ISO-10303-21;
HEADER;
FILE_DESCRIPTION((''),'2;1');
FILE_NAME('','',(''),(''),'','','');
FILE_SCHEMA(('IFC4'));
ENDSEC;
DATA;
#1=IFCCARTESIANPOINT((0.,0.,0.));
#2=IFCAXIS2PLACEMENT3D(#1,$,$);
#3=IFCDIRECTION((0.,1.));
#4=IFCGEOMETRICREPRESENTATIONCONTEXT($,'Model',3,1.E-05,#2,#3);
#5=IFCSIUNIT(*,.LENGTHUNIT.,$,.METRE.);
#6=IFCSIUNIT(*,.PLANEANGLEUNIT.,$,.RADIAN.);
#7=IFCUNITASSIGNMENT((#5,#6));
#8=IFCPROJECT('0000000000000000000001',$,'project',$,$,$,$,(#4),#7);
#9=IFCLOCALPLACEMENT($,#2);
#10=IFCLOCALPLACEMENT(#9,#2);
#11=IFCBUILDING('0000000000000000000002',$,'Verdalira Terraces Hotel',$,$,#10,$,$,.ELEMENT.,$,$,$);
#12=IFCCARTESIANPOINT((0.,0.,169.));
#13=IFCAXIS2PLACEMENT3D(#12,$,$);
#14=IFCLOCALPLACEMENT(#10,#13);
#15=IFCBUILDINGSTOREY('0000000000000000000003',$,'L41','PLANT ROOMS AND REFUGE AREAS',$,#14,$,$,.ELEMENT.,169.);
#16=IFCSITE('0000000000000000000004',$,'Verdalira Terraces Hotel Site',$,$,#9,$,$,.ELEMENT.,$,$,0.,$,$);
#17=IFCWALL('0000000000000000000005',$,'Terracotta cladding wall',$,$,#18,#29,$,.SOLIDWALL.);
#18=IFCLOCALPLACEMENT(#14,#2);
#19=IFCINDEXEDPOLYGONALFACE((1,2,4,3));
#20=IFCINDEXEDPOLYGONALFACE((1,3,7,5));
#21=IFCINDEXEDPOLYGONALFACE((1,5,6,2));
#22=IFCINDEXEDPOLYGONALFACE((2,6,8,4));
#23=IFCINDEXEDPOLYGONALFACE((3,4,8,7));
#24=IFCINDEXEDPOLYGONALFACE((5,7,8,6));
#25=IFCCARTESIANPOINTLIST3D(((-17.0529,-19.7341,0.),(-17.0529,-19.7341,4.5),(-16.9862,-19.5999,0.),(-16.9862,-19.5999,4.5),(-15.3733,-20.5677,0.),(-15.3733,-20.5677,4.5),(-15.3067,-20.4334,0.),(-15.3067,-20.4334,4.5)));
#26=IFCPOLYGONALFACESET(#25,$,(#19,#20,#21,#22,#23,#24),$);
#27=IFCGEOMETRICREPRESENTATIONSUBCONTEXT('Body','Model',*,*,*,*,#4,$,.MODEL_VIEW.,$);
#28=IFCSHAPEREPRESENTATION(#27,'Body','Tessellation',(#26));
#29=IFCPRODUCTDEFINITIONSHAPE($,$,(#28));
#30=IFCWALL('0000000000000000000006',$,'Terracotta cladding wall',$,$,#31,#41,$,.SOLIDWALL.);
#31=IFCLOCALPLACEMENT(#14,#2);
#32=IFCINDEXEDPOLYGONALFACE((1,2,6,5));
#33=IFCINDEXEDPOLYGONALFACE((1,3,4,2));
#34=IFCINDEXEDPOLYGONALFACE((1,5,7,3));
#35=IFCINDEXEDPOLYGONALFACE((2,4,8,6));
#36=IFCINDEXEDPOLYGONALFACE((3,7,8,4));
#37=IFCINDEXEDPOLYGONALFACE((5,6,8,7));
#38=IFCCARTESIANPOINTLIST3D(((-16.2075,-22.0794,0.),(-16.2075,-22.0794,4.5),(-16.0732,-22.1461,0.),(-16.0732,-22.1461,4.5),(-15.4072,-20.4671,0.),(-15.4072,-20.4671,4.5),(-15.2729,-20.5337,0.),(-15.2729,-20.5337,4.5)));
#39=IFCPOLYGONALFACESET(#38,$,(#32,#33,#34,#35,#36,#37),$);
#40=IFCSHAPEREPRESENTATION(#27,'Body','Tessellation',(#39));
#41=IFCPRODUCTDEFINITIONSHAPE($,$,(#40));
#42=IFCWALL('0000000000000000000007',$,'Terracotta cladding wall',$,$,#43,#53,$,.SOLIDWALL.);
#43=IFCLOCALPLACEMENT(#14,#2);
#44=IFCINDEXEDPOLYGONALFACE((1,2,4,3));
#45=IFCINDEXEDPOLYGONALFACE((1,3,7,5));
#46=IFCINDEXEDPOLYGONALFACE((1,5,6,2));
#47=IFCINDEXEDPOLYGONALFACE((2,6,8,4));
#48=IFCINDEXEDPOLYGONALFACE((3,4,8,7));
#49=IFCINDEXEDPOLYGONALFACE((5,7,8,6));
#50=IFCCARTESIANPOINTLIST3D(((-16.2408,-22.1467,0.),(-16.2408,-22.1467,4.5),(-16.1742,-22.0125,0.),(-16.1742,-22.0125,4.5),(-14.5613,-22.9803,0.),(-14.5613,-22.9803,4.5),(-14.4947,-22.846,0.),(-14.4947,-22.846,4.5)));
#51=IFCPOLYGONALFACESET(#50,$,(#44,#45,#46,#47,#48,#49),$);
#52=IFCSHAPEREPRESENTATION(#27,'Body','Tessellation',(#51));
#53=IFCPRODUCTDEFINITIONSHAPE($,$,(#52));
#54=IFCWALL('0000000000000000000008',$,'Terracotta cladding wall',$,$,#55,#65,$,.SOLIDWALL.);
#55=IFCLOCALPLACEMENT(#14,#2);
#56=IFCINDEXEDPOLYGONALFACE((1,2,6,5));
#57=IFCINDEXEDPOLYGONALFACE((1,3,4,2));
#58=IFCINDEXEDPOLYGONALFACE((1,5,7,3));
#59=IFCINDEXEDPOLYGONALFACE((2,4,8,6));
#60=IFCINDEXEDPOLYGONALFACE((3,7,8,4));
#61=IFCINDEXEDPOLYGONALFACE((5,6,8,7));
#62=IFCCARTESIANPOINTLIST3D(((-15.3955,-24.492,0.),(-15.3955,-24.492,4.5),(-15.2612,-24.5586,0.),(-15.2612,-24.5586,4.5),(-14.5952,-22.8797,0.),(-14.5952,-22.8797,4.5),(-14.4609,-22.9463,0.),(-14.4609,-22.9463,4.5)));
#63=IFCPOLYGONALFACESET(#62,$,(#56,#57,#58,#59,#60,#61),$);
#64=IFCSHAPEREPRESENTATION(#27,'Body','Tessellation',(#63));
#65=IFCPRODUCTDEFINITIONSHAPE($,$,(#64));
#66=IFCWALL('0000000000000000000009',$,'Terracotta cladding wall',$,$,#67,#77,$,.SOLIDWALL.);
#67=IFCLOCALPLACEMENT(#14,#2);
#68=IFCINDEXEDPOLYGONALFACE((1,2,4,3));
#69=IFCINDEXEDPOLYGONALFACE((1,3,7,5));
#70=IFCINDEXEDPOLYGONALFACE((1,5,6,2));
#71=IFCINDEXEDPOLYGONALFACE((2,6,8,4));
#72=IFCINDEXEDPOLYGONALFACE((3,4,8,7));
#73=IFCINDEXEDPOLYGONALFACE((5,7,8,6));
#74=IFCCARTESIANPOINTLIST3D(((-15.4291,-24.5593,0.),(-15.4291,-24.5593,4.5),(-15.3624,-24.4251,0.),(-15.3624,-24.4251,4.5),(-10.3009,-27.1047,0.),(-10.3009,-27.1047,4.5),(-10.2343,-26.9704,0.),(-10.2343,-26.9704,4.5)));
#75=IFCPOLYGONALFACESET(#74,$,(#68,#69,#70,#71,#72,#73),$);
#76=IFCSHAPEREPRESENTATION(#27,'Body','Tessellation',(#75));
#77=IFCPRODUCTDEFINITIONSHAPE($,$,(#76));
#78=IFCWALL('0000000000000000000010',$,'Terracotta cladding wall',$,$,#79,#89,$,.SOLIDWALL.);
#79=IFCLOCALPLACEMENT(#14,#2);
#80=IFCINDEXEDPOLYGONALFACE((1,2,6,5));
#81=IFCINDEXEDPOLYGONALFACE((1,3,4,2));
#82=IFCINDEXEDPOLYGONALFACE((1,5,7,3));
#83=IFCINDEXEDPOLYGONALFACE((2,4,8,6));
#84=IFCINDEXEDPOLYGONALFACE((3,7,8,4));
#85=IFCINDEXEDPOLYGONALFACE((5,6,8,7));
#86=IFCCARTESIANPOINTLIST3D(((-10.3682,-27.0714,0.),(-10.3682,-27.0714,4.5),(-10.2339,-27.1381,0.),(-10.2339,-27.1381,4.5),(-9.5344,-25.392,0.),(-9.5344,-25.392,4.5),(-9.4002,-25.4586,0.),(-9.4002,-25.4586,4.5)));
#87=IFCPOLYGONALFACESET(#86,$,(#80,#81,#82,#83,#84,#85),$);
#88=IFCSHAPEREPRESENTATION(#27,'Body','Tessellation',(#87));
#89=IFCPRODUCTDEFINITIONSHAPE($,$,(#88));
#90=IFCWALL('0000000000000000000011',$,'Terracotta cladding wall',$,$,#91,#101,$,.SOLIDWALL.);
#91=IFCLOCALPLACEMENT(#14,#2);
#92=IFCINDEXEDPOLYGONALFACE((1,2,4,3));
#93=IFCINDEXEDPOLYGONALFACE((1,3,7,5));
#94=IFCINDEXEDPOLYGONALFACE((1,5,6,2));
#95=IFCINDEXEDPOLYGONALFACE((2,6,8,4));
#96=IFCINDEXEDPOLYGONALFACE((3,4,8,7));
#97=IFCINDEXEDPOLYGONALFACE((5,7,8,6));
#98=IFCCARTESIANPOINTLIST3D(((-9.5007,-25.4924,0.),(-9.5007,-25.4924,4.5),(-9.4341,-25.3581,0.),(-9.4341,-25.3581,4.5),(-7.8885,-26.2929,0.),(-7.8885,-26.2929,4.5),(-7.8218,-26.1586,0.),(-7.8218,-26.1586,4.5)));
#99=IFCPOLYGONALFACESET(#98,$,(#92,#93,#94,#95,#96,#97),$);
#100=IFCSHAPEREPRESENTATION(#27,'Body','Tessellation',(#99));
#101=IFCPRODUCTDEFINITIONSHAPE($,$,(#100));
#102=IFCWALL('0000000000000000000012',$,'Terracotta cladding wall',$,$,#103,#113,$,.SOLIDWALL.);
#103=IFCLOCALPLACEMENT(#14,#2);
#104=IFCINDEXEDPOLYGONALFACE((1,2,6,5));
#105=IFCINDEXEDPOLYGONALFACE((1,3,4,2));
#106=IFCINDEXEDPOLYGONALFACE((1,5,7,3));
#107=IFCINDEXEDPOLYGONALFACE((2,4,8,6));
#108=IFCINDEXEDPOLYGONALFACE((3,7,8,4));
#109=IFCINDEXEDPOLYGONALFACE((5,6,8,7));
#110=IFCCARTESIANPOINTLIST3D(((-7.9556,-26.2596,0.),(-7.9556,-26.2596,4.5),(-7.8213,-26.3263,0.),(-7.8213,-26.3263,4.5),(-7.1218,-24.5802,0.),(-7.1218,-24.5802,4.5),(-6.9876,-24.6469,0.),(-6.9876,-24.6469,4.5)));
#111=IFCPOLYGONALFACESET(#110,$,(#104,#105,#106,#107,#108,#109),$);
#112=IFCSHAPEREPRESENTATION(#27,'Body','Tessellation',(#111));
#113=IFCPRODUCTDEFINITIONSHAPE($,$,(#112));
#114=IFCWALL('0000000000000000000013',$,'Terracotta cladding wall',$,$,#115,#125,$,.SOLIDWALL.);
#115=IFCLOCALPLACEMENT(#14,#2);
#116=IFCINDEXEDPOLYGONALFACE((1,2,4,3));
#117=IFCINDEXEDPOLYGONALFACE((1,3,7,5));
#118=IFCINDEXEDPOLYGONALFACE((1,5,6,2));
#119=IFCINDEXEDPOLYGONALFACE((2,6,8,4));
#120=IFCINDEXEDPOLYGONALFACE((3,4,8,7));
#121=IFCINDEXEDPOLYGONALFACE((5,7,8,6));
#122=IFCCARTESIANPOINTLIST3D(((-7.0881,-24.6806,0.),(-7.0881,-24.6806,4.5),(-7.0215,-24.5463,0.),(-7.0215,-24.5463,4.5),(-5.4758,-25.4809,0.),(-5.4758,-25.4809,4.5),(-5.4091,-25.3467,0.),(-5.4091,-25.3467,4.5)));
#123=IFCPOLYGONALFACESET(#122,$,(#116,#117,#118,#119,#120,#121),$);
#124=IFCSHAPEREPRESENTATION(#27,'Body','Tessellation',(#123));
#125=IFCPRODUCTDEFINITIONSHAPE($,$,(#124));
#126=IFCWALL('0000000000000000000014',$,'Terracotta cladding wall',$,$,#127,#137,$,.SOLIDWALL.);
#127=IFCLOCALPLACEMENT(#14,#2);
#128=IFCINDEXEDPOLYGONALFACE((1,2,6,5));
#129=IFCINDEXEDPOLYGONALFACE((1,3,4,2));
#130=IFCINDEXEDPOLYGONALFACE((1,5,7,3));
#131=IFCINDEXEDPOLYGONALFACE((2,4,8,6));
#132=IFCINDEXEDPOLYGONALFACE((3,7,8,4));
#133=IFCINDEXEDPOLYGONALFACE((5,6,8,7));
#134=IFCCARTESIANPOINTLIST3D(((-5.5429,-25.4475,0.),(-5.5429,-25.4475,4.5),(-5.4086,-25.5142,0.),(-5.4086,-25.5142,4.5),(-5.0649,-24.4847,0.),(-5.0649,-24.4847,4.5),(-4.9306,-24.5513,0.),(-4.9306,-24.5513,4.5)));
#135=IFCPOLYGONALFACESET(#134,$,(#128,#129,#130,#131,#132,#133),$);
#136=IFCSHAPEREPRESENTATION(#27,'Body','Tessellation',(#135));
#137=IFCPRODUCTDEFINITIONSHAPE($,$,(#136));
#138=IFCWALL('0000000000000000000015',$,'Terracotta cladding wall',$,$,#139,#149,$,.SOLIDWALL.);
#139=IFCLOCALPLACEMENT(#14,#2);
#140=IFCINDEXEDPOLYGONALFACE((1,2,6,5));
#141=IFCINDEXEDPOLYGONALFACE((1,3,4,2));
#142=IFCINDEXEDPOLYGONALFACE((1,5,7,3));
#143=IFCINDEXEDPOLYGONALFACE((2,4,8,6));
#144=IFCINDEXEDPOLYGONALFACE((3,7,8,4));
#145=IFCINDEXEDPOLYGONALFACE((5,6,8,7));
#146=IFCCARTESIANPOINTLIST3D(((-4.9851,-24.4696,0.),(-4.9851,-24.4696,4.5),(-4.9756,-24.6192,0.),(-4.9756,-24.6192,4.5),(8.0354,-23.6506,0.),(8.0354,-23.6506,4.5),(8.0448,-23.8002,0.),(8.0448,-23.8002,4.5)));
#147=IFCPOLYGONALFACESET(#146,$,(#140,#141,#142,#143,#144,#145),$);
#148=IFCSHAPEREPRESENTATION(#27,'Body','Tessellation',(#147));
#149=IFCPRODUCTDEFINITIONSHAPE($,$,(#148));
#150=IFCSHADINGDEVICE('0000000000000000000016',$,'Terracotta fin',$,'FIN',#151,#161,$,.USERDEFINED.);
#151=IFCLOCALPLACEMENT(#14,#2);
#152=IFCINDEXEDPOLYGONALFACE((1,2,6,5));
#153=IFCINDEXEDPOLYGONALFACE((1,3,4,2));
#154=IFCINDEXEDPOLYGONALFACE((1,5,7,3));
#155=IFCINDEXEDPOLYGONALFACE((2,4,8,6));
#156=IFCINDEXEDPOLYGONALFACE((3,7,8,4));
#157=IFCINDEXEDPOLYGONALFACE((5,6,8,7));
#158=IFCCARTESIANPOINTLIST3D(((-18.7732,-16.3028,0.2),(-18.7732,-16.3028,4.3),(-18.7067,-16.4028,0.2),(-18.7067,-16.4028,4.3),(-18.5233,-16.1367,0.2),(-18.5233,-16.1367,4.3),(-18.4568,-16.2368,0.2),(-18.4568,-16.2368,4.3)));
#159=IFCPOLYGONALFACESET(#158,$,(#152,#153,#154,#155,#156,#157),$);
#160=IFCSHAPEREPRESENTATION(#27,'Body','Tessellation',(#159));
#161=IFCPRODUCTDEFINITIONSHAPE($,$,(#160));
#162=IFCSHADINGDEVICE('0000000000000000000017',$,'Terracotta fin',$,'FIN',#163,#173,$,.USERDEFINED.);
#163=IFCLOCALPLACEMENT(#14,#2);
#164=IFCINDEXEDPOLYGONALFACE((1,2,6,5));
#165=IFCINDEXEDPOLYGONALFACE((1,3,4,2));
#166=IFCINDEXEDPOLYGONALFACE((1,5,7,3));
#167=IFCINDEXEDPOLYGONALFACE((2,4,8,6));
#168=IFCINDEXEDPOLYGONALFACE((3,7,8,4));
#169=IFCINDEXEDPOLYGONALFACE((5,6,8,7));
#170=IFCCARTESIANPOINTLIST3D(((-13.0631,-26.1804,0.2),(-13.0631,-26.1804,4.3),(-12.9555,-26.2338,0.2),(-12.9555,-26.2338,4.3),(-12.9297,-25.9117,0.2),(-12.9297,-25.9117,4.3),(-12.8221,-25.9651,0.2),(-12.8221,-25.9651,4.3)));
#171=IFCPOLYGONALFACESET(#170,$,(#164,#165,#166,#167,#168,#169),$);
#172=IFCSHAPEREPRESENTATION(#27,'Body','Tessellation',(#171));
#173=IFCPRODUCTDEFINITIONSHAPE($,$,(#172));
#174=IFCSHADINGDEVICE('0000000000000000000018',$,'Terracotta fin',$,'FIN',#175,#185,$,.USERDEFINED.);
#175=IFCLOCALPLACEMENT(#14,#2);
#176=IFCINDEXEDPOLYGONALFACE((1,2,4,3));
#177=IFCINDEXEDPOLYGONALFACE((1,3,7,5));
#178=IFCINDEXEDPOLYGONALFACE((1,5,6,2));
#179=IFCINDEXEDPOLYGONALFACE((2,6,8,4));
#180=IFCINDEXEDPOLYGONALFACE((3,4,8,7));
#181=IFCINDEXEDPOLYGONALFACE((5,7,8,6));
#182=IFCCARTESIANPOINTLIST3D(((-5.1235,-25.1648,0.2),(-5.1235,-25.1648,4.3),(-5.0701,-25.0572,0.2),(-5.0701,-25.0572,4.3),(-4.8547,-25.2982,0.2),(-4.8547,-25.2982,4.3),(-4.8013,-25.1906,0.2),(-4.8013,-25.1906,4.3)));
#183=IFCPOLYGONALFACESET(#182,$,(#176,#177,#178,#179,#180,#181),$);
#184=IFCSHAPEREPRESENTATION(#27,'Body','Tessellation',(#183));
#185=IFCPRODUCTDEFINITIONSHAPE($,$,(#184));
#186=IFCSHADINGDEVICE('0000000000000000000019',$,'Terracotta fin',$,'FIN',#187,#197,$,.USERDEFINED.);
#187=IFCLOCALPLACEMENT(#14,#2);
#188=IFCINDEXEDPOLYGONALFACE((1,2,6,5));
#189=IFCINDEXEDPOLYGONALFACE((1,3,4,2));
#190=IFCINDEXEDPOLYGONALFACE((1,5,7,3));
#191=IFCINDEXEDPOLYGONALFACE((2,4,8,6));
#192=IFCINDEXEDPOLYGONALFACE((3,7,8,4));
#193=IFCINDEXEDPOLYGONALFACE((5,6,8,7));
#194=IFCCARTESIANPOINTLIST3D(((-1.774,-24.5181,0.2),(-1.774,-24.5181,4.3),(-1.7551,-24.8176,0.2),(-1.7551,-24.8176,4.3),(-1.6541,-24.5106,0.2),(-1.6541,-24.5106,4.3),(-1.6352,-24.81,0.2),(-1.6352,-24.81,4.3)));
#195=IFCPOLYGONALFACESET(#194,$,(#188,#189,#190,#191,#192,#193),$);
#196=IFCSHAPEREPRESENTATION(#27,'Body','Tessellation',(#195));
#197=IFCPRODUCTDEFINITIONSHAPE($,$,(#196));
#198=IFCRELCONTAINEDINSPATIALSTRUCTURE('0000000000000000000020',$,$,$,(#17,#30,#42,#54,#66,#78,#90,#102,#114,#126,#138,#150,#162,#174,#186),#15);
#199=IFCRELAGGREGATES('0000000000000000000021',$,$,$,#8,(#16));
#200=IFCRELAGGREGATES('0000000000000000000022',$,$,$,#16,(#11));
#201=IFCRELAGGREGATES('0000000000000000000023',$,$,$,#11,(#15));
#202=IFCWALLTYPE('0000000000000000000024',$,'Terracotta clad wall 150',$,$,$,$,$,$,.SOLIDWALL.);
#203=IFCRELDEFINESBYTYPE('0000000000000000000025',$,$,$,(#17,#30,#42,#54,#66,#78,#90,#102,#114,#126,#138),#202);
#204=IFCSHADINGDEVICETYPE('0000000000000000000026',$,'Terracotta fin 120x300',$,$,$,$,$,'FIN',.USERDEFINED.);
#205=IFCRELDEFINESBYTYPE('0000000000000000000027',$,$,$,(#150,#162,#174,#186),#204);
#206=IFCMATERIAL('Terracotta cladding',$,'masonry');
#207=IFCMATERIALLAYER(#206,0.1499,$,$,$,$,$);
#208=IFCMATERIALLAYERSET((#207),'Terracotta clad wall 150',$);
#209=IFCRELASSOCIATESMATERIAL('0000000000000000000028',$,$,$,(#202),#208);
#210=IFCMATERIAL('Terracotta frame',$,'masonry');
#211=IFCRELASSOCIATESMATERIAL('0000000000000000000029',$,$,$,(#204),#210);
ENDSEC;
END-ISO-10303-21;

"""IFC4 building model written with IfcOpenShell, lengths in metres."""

from ifc_helpers import new_model, si_unit, direction, frame, frame_2d, origin, origin_2d, place, context, subcontext, project, spatial, rectangle, extrude, material, layer, layer_set, material_profile, profile_set, type_object, element, save


model = new_model("IFC4")

# Units and contexts
model_context = context("Model", 3, precision=1e-05, world=origin(), true_north=direction((0.0, 1.0)))
body_context = subcontext(model_context, "Body", "Model", "MODEL_VIEW")
ifc_project = project(units=[si_unit("LENGTHUNIT", "METRE"), si_unit("PLANEANGLEUNIT", "RADIAN")], contexts=[model_context])

# Site, building, storey
site_placement = place(None, origin())
site = spatial("IfcSite", under=ifc_project, at=site_placement, Name="Verdalira Terraces Hotel Site", CompositionType="ELEMENT", RefElevation=0.0)
building_placement = place(site_placement, origin())
building = spatial("IfcBuilding", under=site, at=building_placement, Name="Verdalira Terraces Hotel", CompositionType="ELEMENT")
storey_placement = place(building_placement, frame((0.0, 0.0, 169.0)))
storey = spatial("IfcBuildingStorey", under=building, at=storey_placement, Name="L41", Description="PLANT ROOMS AND REFUGE AREAS", CompositionType="ELEMENT", Elevation=169.0)

# Walls
ifc_material_1 = material(Name="Terracotta cladding", Category="masonry")
ifc_layer_1 = layer(ifc_material_1, 0.1499)
ifc_layer_set_1 = layer_set([ifc_layer_1], Name="Terracotta clad wall 150")
wall_type_1 = type_object("IfcWallType", Name="Terracotta clad wall 150", PredefinedType="SOLIDWALL", material=ifc_layer_set_1)
wall_1_placement = place(storey_placement, frame((-17.0195, -19.667, 0.0), z_axis=(0.0, 0.0, 1.0), x_axis=(0.895751, -0.444555, 0.0)))
element("IfcWall", 1, at=wall_1_placement, inside=storey, type_object=wall_type_1, Name="Terracotta cladding wall", PredefinedType="SOLIDWALL", context=body_context, shape_type="SweptSolid", body=[
    extrude(rectangle(XDim=1.875, YDim=0.1499, at=frame_2d((0.9375, 0.0))), origin(), (0.0, 0.0, 1.0), 4.5),
])
wall_2_placement = place(storey_placement, frame((-15.3401, -20.5005, 0.0), z_axis=(0.0, 0.0, 1.0), x_axis=(-0.444608, -0.895725, 0.0)))
element("IfcWall", 2, at=wall_2_placement, inside=storey, type_object=wall_type_1, Name="Terracotta cladding wall", PredefinedType="SOLIDWALL", context=body_context, shape_type="SweptSolid", body=[
    extrude(rectangle(XDim=1.8, YDim=0.1499, at=frame_2d((0.8999, 0.0))), origin(), (0.0, 0.0, 1.0), 4.5),
])
wall_3_placement = place(storey_placement, frame((-16.2075, -22.0796, 0.0), z_axis=(0.0, 0.0, 1.0), x_axis=(0.895751, -0.444555, 0.0)))
element("IfcWall", 3, at=wall_3_placement, inside=storey, type_object=wall_type_1, Name="Terracotta cladding wall", PredefinedType="SOLIDWALL", context=body_context, shape_type="SweptSolid", body=[
    extrude(rectangle(XDim=1.875, YDim=0.1499, at=frame_2d((0.9375, 0.0))), origin(), (0.0, 0.0, 1.0), 4.5),
])
wall_4_placement = place(storey_placement, frame((-14.5281, -22.9131, 0.0), z_axis=(0.0, 0.0, 1.0), x_axis=(-0.444608, -0.895725, 0.0)))
element("IfcWall", 4, at=wall_4_placement, inside=storey, type_object=wall_type_1, Name="Terracotta cladding wall", PredefinedType="SOLIDWALL", context=body_context, shape_type="SweptSolid", body=[
    extrude(rectangle(XDim=1.8, YDim=0.1499, at=frame_2d((0.8999, 0.0))), origin(), (0.0, 0.0, 1.0), 4.5),
])
wall_5_placement = place(storey_placement, frame((-15.3958, -24.4922, 0.0), z_axis=(0.0, 0.0, 1.0), x_axis=(0.895728, -0.444602, 0.0)))
element("IfcWall", 5, at=wall_5_placement, inside=storey, type_object=wall_type_1, Name="Terracotta cladding wall", PredefinedType="SOLIDWALL", context=body_context, shape_type="SweptSolid", body=[
    extrude(rectangle(XDim=5.7251, YDim=0.1499, at=frame_2d((2.8625, 0.0))), origin(), (0.0, 0.0, 1.0), 4.5),
])
wall_6_placement = place(storey_placement, frame((-10.301, -27.1047, 0.0), z_axis=(0.0, 0.0, 1.0), x_axis=(0.44466, 0.8957, 0.0)))
element("IfcWall", 6, at=wall_6_placement, inside=storey, type_object=wall_type_1, Name="Terracotta cladding wall", PredefinedType="SOLIDWALL", context=body_context, shape_type="SweptSolid", body=[
    extrude(rectangle(XDim=1.875, YDim=0.1499, at=frame_2d((0.9375, 0.0))), origin(), (0.0, 0.0, 1.0), 4.5),
])
wall_7_placement = place(storey_placement, frame((-9.4673, -25.4253, 0.0), z_axis=(0.0, 0.0, 1.0), x_axis=(0.895671, -0.444716, 0.0)))
element("IfcWall", 7, at=wall_7_placement, inside=storey, type_object=wall_type_1, Name="Terracotta cladding wall", PredefinedType="SOLIDWALL", context=body_context, shape_type="SweptSolid", body=[
    extrude(rectangle(XDim=1.8, YDim=0.1499, at=frame_2d((0.8999, 0.0))), origin(), (0.0, 0.0, 1.0), 4.5),
])
wall_8_placement = place(storey_placement, frame((-7.8884, -26.293, 0.0), z_axis=(0.0, 0.0, 1.0), x_axis=(0.44466, 0.8957, 0.0)))
element("IfcWall", 8, at=wall_8_placement, inside=storey, type_object=wall_type_1, Name="Terracotta cladding wall", PredefinedType="SOLIDWALL", context=body_context, shape_type="SweptSolid", body=[
    extrude(rectangle(XDim=1.875, YDim=0.1499, at=frame_2d((0.9375, 0.0))), origin(), (0.0, 0.0, 1.0), 4.5),
])
wall_9_placement = place(storey_placement, frame((-7.0547, -24.6135, 0.0), z_axis=(0.0, 0.0, 1.0), x_axis=(0.895725, -0.444608, 0.0)))
element("IfcWall", 9, at=wall_9_placement, inside=storey, type_object=wall_type_1, Name="Terracotta cladding wall", PredefinedType="SOLIDWALL", context=body_context, shape_type="SweptSolid", body=[
    extrude(rectangle(XDim=1.8, YDim=0.1499, at=frame_2d((0.8999, 0.0))), origin(), (0.0, 0.0, 1.0), 4.5),
])
wall_10_placement = place(storey_placement, frame((-5.4758, -25.481, 0.0), z_axis=(0.0, 0.0, 1.0), x_axis=(0.444668, 0.895695, 0.0)))
element("IfcWall", 10, at=wall_10_placement, inside=storey, type_object=wall_type_1, Name="Terracotta cladding wall", PredefinedType="SOLIDWALL", context=body_context, shape_type="SweptSolid", body=[
    extrude(rectangle(XDim=1.075, YDim=0.1499, at=frame_2d((0.5376, 0.0))), origin(), (0.0, 0.0, 1.0), 4.5),
])
wall_11_placement = place(storey_placement, frame((-4.9802, -24.5444, 0.0), z_axis=(0.0, 0.0, 1.0), x_axis=(0.998027, 0.062784, 0.0)))
element("IfcWall", 11, at=wall_11_placement, inside=storey, type_object=wall_type_1, Name="Terracotta cladding wall", PredefinedType="SOLIDWALL", context=body_context, shape_type="SweptSolid", body=[
    extrude(rectangle(XDim=13.0461, YDim=0.1499, at=frame_2d((6.5229, 0.0))), origin(), (0.0, 0.0, 1.0), 4.5),
])

# Shading devices
ifc_material_2 = material(Name="Terracotta frame", Category="masonry")
ifc_material_profile_1 = material_profile(ifc_material_2, rectangle(XDim=0.1201, YDim=0.3, at=origin_2d()), Name="FIN 120x300")
ifc_profile_set_1 = profile_set([ifc_material_profile_1], Name="Terracotta frame")
shading_device_type = type_object("IfcShadingDeviceType", Name="Terracotta fin 120x300", ElementType="FIN", PredefinedType="USERDEFINED", material=ifc_profile_set_1)
for number, where, z_axis, x_axis, name in (
    (12, (-18.615, -16.2698, 0.2), (0.0, 0.0, 1.0), (0.553392, -0.832921, 0.0), "Terracotta fin"),
    (13, (-12.9426, -26.0728, 0.2), (0.0, 0.0, 1.0), (0.895712, -0.444635, 0.0), "Terracotta fin"),
    (14, (-4.9624, -25.1777, 0.2), (0.0, 0.0, 1.0), (0.444635, 0.895712, 0.0), "Terracotta fin"),
    (15, (-1.7046, -24.6641, 0.2), (0.0, 0.0, 1.0), (0.998027, 0.062791, 0.0), "Terracotta fin"),
):
    element("IfcShadingDevice", number, at=place(storey_placement, frame(where, z_axis=z_axis, x_axis=x_axis)), inside=storey, type_object=shading_device_type, Name=name, ObjectType="FIN", PredefinedType="USERDEFINED", context=body_context, shape_type="SweptSolid", body=[
        extrude(rectangle(XDim=0.1201, YDim=0.3, at=origin_2d()), origin(), (0.0, 0.0, 1.0), 4.1001),
    ])

save(model, "model.ifc")
